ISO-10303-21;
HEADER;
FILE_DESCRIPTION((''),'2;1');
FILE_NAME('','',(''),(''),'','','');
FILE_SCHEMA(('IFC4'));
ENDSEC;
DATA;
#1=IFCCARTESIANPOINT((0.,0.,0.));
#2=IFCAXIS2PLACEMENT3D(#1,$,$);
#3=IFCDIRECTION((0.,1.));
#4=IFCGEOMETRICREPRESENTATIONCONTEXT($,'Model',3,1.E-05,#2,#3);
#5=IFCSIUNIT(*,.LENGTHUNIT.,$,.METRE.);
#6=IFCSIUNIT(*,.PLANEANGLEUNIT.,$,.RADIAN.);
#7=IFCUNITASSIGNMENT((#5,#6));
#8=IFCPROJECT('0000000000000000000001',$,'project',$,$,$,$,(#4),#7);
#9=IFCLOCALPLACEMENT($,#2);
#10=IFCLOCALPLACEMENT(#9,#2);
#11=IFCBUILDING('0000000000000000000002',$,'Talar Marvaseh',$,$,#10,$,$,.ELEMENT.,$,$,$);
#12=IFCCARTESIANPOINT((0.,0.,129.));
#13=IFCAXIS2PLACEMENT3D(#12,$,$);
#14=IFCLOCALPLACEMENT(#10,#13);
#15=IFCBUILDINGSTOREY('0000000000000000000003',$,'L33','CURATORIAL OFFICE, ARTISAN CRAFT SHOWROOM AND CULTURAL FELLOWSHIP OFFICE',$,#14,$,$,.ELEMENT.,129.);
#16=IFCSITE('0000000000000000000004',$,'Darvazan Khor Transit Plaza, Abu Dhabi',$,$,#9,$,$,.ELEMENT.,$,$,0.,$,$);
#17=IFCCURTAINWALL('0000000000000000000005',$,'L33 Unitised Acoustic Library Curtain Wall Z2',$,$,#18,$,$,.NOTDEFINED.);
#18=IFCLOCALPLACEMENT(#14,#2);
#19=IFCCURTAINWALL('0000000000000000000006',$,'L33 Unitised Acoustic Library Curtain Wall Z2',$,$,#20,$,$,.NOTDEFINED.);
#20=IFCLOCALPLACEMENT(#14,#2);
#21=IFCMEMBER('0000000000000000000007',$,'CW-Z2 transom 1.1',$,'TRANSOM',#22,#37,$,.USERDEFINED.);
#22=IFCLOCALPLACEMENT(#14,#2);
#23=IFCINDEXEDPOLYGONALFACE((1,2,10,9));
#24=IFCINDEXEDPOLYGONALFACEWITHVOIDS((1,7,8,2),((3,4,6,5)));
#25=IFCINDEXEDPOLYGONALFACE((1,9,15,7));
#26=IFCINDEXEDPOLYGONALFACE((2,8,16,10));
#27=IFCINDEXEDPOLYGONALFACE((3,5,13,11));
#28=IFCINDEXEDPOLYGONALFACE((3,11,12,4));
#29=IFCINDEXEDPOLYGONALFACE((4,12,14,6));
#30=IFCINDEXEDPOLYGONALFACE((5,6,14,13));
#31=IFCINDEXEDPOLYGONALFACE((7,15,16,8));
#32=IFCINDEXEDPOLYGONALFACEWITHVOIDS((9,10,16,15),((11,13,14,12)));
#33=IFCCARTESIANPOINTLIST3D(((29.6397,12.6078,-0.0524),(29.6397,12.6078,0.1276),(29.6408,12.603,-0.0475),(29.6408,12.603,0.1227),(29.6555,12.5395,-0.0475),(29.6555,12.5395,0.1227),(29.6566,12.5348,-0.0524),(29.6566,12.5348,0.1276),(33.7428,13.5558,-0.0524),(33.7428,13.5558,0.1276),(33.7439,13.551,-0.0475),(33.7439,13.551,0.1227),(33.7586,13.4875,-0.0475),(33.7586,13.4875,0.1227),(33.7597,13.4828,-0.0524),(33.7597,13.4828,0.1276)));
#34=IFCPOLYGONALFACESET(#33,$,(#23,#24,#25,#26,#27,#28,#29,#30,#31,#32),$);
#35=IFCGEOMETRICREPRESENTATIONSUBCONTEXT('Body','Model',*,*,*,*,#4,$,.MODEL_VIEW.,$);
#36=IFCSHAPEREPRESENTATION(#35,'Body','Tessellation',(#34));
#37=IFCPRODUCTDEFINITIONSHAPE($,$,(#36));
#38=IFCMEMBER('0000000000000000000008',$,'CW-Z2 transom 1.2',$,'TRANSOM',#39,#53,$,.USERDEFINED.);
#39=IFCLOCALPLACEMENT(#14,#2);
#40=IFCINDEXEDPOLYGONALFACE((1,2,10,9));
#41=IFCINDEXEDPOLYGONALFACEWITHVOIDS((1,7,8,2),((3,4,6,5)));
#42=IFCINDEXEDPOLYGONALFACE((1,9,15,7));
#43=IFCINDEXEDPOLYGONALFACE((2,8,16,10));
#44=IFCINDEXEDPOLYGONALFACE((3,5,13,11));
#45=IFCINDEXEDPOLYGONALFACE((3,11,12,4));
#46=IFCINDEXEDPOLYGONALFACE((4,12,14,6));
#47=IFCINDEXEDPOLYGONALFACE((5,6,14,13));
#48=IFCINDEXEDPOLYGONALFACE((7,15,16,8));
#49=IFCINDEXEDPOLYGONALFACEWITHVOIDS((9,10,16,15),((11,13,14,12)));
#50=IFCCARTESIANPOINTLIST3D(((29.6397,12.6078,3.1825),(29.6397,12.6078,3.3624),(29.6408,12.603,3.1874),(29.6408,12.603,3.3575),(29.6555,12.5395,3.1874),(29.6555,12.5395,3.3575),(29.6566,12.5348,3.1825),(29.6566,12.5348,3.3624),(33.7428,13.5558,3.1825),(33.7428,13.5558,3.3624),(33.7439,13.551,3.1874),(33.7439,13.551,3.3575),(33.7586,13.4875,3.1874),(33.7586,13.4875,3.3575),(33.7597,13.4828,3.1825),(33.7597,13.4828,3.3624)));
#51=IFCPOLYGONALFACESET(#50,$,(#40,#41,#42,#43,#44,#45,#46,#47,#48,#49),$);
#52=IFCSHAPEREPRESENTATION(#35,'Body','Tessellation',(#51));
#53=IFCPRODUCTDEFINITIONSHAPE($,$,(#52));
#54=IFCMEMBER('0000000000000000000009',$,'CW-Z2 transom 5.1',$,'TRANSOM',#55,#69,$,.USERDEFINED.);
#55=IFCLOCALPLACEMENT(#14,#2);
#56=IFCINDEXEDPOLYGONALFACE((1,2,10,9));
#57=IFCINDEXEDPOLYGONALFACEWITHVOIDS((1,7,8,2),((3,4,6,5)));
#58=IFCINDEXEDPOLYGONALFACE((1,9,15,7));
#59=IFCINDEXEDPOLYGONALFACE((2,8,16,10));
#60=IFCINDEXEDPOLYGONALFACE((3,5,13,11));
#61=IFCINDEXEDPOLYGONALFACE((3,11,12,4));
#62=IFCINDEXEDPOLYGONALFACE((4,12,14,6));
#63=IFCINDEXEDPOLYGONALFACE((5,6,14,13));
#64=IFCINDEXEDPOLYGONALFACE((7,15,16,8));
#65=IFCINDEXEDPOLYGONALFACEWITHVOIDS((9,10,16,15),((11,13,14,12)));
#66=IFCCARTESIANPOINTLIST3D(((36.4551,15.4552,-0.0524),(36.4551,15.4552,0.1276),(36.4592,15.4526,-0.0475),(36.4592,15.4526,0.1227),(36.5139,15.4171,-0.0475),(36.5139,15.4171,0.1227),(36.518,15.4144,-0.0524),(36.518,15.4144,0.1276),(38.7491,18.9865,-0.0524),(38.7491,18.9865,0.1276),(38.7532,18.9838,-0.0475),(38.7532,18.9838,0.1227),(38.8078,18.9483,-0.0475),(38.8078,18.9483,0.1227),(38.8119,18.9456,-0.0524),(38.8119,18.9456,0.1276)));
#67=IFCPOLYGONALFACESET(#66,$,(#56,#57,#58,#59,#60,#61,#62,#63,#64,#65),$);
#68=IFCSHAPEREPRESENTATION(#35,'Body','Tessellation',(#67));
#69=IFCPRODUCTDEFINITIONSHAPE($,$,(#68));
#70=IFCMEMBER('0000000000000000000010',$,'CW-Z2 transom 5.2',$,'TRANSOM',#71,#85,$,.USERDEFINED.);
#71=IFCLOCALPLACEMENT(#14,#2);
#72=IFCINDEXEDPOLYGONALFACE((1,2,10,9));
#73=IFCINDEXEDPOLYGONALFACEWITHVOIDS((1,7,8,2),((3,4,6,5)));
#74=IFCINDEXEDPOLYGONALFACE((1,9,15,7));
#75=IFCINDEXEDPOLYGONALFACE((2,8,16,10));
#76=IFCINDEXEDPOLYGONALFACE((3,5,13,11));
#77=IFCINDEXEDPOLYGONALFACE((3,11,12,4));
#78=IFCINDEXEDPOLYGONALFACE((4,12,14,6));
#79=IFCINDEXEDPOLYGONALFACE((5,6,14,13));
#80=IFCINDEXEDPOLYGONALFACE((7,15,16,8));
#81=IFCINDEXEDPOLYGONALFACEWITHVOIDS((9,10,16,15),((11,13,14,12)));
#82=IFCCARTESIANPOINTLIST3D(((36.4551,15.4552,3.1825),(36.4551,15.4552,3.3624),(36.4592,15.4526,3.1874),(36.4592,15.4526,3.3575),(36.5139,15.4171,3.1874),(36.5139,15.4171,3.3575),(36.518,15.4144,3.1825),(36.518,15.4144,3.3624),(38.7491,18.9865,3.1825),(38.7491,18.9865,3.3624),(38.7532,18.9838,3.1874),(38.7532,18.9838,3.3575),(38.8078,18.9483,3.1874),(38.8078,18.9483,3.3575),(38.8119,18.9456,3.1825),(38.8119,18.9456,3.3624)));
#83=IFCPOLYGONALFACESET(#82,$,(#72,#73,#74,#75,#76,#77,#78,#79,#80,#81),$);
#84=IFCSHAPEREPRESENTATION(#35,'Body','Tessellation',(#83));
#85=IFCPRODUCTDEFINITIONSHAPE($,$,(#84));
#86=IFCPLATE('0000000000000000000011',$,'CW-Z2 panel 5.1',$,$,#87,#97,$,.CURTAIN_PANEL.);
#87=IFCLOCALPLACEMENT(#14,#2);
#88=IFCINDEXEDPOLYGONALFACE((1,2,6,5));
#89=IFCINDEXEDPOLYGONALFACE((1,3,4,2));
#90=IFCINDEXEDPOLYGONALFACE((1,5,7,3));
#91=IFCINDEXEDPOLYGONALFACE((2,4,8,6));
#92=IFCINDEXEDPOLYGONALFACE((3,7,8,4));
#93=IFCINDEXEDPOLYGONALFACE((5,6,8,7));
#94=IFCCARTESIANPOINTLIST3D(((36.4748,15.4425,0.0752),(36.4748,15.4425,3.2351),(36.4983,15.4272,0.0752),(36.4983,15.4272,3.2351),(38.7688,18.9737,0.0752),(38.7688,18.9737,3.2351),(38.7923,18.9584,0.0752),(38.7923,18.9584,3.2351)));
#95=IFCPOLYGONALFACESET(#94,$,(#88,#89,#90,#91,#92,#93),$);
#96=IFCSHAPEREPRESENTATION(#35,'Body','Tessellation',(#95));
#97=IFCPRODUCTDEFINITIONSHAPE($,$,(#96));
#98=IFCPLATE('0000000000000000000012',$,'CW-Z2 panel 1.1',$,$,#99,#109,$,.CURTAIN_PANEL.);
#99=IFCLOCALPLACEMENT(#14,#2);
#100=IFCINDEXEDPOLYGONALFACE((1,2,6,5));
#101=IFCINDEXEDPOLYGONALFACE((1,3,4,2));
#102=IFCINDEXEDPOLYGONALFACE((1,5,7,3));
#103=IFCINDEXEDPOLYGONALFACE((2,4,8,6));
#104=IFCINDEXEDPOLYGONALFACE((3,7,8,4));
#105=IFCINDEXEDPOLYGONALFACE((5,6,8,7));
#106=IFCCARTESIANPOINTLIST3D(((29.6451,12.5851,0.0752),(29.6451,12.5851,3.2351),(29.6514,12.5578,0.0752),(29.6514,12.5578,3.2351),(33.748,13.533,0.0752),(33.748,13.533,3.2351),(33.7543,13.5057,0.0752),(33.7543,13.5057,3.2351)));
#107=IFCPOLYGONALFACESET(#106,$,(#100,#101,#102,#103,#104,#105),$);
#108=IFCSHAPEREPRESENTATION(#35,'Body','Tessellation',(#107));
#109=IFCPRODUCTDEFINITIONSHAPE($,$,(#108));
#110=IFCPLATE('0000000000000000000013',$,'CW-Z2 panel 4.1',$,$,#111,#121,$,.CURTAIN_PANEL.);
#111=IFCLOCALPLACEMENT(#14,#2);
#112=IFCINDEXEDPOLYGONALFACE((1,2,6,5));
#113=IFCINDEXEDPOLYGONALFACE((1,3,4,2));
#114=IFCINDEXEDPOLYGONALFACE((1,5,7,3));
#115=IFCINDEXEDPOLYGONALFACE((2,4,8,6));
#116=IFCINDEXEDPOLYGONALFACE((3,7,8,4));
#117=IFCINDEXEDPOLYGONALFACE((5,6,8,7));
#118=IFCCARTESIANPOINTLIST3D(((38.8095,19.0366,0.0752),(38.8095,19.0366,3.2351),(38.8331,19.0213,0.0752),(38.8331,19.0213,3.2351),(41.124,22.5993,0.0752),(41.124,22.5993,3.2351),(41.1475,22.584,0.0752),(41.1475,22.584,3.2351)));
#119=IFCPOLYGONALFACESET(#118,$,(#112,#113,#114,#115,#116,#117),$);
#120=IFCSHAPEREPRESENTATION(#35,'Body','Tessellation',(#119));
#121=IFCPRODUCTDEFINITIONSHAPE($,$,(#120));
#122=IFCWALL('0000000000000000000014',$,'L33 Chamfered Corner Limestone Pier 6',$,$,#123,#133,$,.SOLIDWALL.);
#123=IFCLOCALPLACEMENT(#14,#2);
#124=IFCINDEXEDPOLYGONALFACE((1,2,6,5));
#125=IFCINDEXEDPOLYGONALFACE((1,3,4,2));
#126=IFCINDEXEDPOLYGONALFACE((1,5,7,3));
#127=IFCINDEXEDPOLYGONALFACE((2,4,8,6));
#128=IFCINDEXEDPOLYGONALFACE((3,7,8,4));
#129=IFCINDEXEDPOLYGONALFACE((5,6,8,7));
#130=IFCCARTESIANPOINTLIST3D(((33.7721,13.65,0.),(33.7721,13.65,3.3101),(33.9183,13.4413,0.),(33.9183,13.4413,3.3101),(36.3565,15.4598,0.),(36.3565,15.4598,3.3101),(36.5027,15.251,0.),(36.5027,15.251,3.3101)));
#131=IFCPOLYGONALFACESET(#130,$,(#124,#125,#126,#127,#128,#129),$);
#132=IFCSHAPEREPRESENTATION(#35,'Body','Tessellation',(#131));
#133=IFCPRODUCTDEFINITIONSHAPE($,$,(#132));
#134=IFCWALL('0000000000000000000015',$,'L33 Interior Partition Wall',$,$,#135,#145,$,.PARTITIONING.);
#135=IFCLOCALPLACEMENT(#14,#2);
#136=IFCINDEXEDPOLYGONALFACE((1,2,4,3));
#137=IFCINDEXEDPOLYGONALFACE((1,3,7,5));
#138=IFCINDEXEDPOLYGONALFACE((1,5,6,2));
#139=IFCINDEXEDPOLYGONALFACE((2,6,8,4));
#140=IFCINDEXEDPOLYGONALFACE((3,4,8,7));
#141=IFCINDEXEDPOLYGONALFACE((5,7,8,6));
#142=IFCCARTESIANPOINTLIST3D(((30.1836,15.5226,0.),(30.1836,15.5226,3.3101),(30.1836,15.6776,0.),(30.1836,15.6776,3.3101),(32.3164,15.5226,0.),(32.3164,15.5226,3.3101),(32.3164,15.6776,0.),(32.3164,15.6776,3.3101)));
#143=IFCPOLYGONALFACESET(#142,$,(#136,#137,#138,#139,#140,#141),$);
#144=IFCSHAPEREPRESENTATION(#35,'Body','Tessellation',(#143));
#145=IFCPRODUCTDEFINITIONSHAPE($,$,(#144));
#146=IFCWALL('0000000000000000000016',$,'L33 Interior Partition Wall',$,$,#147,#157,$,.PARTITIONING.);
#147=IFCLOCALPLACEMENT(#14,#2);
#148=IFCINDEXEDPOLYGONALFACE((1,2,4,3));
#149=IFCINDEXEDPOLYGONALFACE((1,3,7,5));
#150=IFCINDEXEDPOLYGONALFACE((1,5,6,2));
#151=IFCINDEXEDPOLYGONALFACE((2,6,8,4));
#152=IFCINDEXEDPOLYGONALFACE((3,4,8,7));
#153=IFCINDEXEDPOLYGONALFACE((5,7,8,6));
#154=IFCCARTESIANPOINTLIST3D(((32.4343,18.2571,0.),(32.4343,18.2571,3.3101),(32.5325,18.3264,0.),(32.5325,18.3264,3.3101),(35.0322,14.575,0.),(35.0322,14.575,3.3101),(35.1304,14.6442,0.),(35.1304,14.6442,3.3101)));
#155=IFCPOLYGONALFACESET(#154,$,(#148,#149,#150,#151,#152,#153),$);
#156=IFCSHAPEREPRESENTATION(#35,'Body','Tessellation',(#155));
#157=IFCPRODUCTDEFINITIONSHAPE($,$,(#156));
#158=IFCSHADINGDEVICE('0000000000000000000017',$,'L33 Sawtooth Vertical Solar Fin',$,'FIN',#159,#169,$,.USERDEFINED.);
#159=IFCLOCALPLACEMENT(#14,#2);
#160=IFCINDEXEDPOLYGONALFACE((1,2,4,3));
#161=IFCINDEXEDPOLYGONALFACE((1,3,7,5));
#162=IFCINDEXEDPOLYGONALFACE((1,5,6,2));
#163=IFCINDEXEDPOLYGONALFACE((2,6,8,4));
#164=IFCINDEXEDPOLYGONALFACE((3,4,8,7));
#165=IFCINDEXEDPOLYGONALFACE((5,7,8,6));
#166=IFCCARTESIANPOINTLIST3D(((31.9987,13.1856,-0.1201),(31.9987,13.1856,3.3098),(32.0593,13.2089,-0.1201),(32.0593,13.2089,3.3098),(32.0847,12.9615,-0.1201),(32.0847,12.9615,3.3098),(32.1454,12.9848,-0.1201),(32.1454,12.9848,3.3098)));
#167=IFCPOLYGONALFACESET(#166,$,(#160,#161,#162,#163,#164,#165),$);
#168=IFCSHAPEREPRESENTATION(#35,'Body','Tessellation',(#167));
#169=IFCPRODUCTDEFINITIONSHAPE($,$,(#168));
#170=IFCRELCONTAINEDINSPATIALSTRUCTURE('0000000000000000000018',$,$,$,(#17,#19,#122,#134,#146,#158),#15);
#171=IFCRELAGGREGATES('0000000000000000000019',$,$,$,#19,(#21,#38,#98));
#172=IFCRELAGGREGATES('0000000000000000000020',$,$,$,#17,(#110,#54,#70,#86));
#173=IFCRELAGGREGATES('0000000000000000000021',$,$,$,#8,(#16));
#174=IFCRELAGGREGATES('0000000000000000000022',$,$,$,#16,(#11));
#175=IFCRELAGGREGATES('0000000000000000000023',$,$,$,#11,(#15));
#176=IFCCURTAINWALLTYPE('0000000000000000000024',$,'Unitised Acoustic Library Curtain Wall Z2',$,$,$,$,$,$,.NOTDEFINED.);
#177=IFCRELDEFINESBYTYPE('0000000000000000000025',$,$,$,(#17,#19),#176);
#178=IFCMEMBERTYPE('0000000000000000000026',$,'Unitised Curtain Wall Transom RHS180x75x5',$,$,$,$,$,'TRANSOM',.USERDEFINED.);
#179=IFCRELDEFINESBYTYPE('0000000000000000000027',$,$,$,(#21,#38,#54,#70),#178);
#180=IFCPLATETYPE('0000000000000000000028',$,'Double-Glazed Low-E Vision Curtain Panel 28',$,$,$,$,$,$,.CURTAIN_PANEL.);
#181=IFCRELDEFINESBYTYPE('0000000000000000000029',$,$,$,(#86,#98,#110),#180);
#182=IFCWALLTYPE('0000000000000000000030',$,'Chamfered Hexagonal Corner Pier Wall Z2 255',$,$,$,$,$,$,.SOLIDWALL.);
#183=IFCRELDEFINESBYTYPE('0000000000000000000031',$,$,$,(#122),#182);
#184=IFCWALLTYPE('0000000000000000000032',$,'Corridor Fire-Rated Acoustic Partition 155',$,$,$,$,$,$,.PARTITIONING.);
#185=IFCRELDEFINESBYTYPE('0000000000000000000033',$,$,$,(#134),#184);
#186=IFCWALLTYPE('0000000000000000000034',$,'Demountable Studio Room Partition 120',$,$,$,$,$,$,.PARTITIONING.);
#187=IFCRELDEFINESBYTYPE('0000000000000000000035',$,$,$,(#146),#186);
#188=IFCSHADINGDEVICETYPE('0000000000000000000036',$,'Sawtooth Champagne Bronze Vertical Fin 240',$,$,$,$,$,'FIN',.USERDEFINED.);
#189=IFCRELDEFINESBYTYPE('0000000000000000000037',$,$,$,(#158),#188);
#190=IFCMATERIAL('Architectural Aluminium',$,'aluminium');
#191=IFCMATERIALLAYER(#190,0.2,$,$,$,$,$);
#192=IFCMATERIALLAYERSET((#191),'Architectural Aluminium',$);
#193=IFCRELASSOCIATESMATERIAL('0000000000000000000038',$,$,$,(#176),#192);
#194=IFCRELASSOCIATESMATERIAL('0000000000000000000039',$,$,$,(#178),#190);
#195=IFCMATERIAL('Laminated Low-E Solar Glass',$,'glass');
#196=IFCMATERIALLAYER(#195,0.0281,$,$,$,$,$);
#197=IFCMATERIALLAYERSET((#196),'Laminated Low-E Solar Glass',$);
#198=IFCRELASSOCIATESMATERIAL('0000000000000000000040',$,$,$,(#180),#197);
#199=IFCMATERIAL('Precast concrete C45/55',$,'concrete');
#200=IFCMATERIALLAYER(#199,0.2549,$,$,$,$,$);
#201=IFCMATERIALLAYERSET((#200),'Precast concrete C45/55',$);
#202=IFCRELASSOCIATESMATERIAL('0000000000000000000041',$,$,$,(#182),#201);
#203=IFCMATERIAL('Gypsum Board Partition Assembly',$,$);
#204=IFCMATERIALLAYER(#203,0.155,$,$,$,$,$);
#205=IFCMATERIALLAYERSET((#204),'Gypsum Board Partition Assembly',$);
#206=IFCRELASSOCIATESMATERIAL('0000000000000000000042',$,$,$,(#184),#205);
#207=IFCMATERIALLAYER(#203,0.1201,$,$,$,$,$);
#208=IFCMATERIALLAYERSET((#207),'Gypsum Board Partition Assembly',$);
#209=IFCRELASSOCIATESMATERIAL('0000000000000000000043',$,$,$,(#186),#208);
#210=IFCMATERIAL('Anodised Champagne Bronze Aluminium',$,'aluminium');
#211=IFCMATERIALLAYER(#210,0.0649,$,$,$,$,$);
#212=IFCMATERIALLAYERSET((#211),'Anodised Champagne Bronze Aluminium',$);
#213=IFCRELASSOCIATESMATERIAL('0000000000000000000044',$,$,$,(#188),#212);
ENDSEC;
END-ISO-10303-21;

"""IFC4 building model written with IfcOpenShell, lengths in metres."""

from ifc_helpers import new_model, si_unit, direction, frame, frame_2d, origin, origin_2d, place, context, subcontext, project, spatial, rectangle, hollow_rectangle, extrude, source, transform, mapped, material, layer, layer_set, material_profile, profile_set, type_object, type_shapes, element, aggregate, save


model = new_model("IFC4")

# Units and contexts
model_context = context("Model", 3, precision=1e-05, world=origin(), true_north=direction((0.0, 1.0)))
body_context = subcontext(model_context, "Body", "Model", "MODEL_VIEW")
ifc_project = project(units=[si_unit("LENGTHUNIT", "METRE"), si_unit("PLANEANGLEUNIT", "RADIAN")], contexts=[model_context])

# Site, building, storey
site_placement = place(None, origin())
site = spatial("IfcSite", under=ifc_project, at=site_placement, Name="Darvazan Khor Transit Plaza, Abu Dhabi", CompositionType="ELEMENT", RefElevation=0.0)
building_placement = place(site_placement, origin())
building = spatial("IfcBuilding", under=site, at=building_placement, Name="Talar Marvaseh", CompositionType="ELEMENT")
storey_placement = place(building_placement, frame((0.0, 0.0, 129.0)))
storey = spatial("IfcBuildingStorey", under=building, at=storey_placement, Name="L33", Description="CURATORIAL OFFICE, ARTISAN CRAFT SHOWROOM AND CULTURAL FELLOWSHIP OFFICE", CompositionType="ELEMENT", Elevation=129.0)

# Curtain walls, members
ifc_material_1 = material(Name="Architectural Aluminium", Category="aluminium")
ifc_layer_1 = layer(ifc_material_1, 0.2)
ifc_layer_set_1 = layer_set([ifc_layer_1], Name="Architectural Aluminium")
curtain_wall_type = type_object("IfcCurtainWallType", Name="Unitised Acoustic Library Curtain Wall Z2", PredefinedType="NOTDEFINED", material=ifc_layer_set_1)
curtain_wall_1_placement = place(storey_placement, origin())
curtain_wall_1 = element("IfcCurtainWall", 1, at=curtain_wall_1_placement, inside=storey, type_object=curtain_wall_type, Name="L33 Unitised Acoustic Library Curtain Wall Z2", PredefinedType="NOTDEFINED")
curtain_wall_2_placement = place(storey_placement, origin())
curtain_wall_2 = element("IfcCurtainWall", 2, at=curtain_wall_2_placement, inside=storey, type_object=curtain_wall_type, Name="L33 Unitised Acoustic Library Curtain Wall Z2", PredefinedType="NOTDEFINED")
ifc_material_profile_1 = material_profile(ifc_material_1, hollow_rectangle(XDim=0.075, YDim=0.1799, WallThickness=0.0049, at=origin_2d()), Name="RHS180x75x5")
ifc_profile_set_1 = profile_set([ifc_material_profile_1], Name="Architectural Aluminium")
member_type_1 = type_object("IfcMemberType", Name="Unitised Curtain Wall Transom RHS180x75x5", ElementType="TRANSOM", PredefinedType="USERDEFINED", material=ifc_profile_set_1)
shared_shape_1 = source(origin(), body_context, "Body", "SweptSolid", [
    extrude(hollow_rectangle(XDim=0.075, YDim=0.1799, WallThickness=0.0049, at=origin_2d()), origin(), (0.0, 0.0, 1.0), 4.2112),
])
member_1_placement = place(storey_placement, frame((33.7512, 13.5193, 0.0376), z_axis=(-0.974332, -0.225118, 0.0), x_axis=(0.225118, -0.974332, 0.0)))
member_1 = element("IfcMember", 3, at=member_1_placement, type_object=member_type_1, Name="CW-Z2 transom 1.1", ObjectType="TRANSOM", PredefinedType="USERDEFINED", context=body_context, shape_type="MappedRepresentation", body=[
    mapped(shared_shape_1, transform((0.0, 0.0, 0.0), x_axis=(1.0, 0.0, 0.0), y_axis=(0.0, 1.0, 0.0), z_axis=(0.0, 0.0, 1.0), scale=1.0)),
])
member_2_placement = place(storey_placement, frame((33.7512, 13.5193, 3.2725), z_axis=(-0.974332, -0.225118, 0.0), x_axis=(0.225118, -0.974332, 0.0)))
member_2 = element("IfcMember", 4, at=member_2_placement, type_object=member_type_1, Name="CW-Z2 transom 1.2", ObjectType="TRANSOM", PredefinedType="USERDEFINED", context=body_context, shape_type="MappedRepresentation", body=[
    mapped(shared_shape_1, transform((0.0, 0.0, 0.0), x_axis=(1.0, 0.0, 0.0), y_axis=(0.0, 1.0, 0.0), z_axis=(0.0, 0.0, 1.0), scale=1.0)),
])

# Members
shared_shape_2 = source(origin(), body_context, "Body", "SweptSolid", [
    extrude(hollow_rectangle(XDim=0.075, YDim=0.1799, WallThickness=0.0049, at=origin_2d()), origin(), (0.0, 0.0, 1.0), 4.2109),
])
type_shapes(member_type_1, [shared_shape_1, shared_shape_2])
member_3_placement = place(storey_placement, frame((38.7805, 18.9661, 0.0376), z_axis=(-0.54476, -0.838592, 0.0), x_axis=(0.838592, -0.54476, 0.0)))
member_3 = element("IfcMember", 5, at=member_3_placement, type_object=member_type_1, Name="CW-Z2 transom 5.1", ObjectType="TRANSOM", PredefinedType="USERDEFINED", context=body_context, shape_type="MappedRepresentation", body=[
    mapped(shared_shape_2, transform((0.0, 0.0, 0.0), x_axis=(1.0, 0.0, 0.0), y_axis=(0.0, 1.0, 0.0), z_axis=(0.0, 0.0, 1.0), scale=1.0)),
])
member_4_placement = place(storey_placement, frame((38.7805, 18.9661, 3.2725), z_axis=(-0.54476, -0.838592, 0.0), x_axis=(0.838592, -0.54476, 0.0)))
member_4 = element("IfcMember", 6, at=member_4_placement, type_object=member_type_1, Name="CW-Z2 transom 5.2", ObjectType="TRANSOM", PredefinedType="USERDEFINED", context=body_context, shape_type="MappedRepresentation", body=[
    mapped(shared_shape_2, transform((0.0, 0.0, 0.0), x_axis=(1.0, 0.0, 0.0), y_axis=(0.0, 1.0, 0.0), z_axis=(0.0, 0.0, 1.0), scale=1.0)),
])

# Plates
ifc_material_2 = material(Name="Laminated Low-E Solar Glass", Category="glass")
ifc_layer_2 = layer(ifc_material_2, 0.0281)
ifc_layer_set_2 = layer_set([ifc_layer_2], Name="Laminated Low-E Solar Glass")
plate_type = type_object("IfcPlateType", Name="Double-Glazed Low-E Vision Curtain Panel 28", PredefinedType="CURTAIN_PANEL", material=ifc_layer_set_2)
shared_shape_3 = source(origin(), body_context, "Body", "SweptSolid", [
    extrude(rectangle(XDim=4.2109, YDim=0.0281, at=origin_2d()), origin(), (0.0, 0.0, 1.0), 3.1599),
])
plate_1_placement = place(storey_placement, frame((37.6335, 17.2004, 0.0752), z_axis=(0.0, 0.0, 1.0), x_axis=(-0.544769, -0.838586, 0.0)))
plate_1 = element("IfcPlate", 7, at=plate_1_placement, type_object=plate_type, Name="CW-Z2 panel 5.1", PredefinedType="CURTAIN_PANEL", context=body_context, shape_type="MappedRepresentation", body=[
    mapped(shared_shape_3, transform((0.0, 0.0, 0.0), x_axis=(1.0, 0.0, 0.0), y_axis=(0.0, 1.0, 0.0), z_axis=(0.0, 0.0, 1.0), scale=1.0)),
])
plate_2_placement = place(storey_placement, frame((31.6997, 13.0454, 0.0752), z_axis=(0.0, 0.0, 1.0), x_axis=(-0.974335, -0.225103, 0.0)))
plate_2 = element("IfcPlate", 8, at=plate_2_placement, type_object=plate_type, Name="CW-Z2 panel 1.1", PredefinedType="CURTAIN_PANEL", context=body_context, shape_type="MappedRepresentation", body=[
    mapped(shared_shape_3, transform((0.0, 0.0, 0.0), x_axis=(1.0, 0.0, 0.0), y_axis=(0.0, 1.0, 0.0), z_axis=(0.0, 0.0, 1.0), scale=1.0)),
])
aggregate(curtain_wall_2, [member_1, member_2, plate_2])
shared_shape_4 = source(origin(), body_context, "Body", "SweptSolid", [
    extrude(rectangle(XDim=4.2485, YDim=0.0281, at=origin_2d()), origin(), (0.0, 0.0, 1.0), 3.1599),
])
type_shapes(plate_type, [shared_shape_3, shared_shape_4])
plate_3_placement = place(storey_placement, frame((39.9785, 20.8103, 0.0752), z_axis=(0.0, 0.0, 1.0), x_axis=(-0.544769, -0.838586, 0.0)))
plate_3 = element("IfcPlate", 9, at=plate_3_placement, type_object=plate_type, Name="CW-Z2 panel 4.1", PredefinedType="CURTAIN_PANEL", context=body_context, shape_type="MappedRepresentation", body=[
    mapped(shared_shape_4, transform((0.0, 0.0, 0.0), x_axis=(1.0, 0.0, 0.0), y_axis=(0.0, 1.0, 0.0), z_axis=(0.0, 0.0, 1.0), scale=1.0)),
])
aggregate(curtain_wall_1, [plate_3, member_3, member_4, plate_1])

# Walls
ifc_material_3 = material(Name="Precast concrete C45/55", Category="concrete")
ifc_layer_3 = layer(ifc_material_3, 0.2549)
ifc_layer_set_3 = layer_set([ifc_layer_3], Name="Precast concrete C45/55")
wall_type_1 = type_object("IfcWallType", Name="Chamfered Hexagonal Corner Pier Wall Z2 255", PredefinedType="SOLIDWALL", material=ifc_layer_set_3)
wall_1_placement = place(storey_placement, frame((36.4297, 15.3555, 0.0), z_axis=(0.0, 0.0, 1.0), x_axis=(-0.81913, -0.573608, 0.0)))
element("IfcWall", 10, at=wall_1_placement, inside=storey, type_object=wall_type_1, Name="L33 Chamfered Corner Limestone Pier 6", PredefinedType="SOLIDWALL", context=body_context, shape_type="SweptSolid", body=[
    extrude(rectangle(XDim=3.155, YDim=0.2549, at=frame_2d((1.5776, 0.0))), origin(), (0.0, 0.0, 1.0), 3.3101),
])
ifc_material_4 = material(Name="Gypsum Board Partition Assembly")
ifc_layer_4 = layer(ifc_material_4, 0.155)
ifc_layer_set_4 = layer_set([ifc_layer_4], Name="Gypsum Board Partition Assembly")
wall_type_2 = type_object("IfcWallType", Name="Corridor Fire-Rated Acoustic Partition 155", PredefinedType="PARTITIONING", material=ifc_layer_set_4)
wall_2_placement = place(storey_placement, frame((32.3164, 15.6001, 0.0), z_axis=(0.0, 0.0, 1.0), x_axis=(-1.0, 0.0, 0.0)))
element("IfcWall", 11, at=wall_2_placement, inside=storey, type_object=wall_type_2, Name="L33 Interior Partition Wall", PredefinedType="PARTITIONING", context=body_context, shape_type="SweptSolid", body=[
    extrude(rectangle(XDim=2.1328, YDim=0.155, at=frame_2d((1.0664, 0.0))), origin(), (0.0, 0.0, 1.0), 3.3101),
])
ifc_layer_5 = layer(ifc_material_4, 0.1201)
ifc_layer_set_5 = layer_set([ifc_layer_5], Name="Gypsum Board Partition Assembly")
wall_type_3 = type_object("IfcWallType", Name="Demountable Studio Room Partition 120", PredefinedType="PARTITIONING", material=ifc_layer_set_5)
wall_3_placement = place(storey_placement, frame((32.4834, 18.2917, 0.0), z_axis=(0.0, 0.0, 1.0), x_axis=(0.576498, -0.817098, 0.0)))
element("IfcWall", 12, at=wall_3_placement, inside=storey, type_object=wall_type_3, Name="L33 Interior Partition Wall", PredefinedType="PARTITIONING", context=body_context, shape_type="SweptSolid", body=[
    extrude(rectangle(XDim=4.5063, YDim=0.1201, at=frame_2d((2.2532, 0.0))), origin(), (0.0, 0.0, 1.0), 3.3101),
])

# Shading device
ifc_material_5 = material(Name="Anodised Champagne Bronze Aluminium", Category="aluminium")
ifc_layer_6 = layer(ifc_material_5, 0.0649)
ifc_layer_set_6 = layer_set([ifc_layer_6], Name="Anodised Champagne Bronze Aluminium")
shading_device_type = type_object("IfcShadingDeviceType", Name="Sawtooth Champagne Bronze Vertical Fin 240", ElementType="FIN", PredefinedType="USERDEFINED", material=ifc_layer_set_6)
shared_shape_5 = source(origin(), body_context, "Body", "SweptSolid", [
    extrude(rectangle(XDim=0.24, YDim=0.0649, at=origin_2d()), origin(), (0.0, 0.0, 1.0), 3.4299),
])
type_shapes(shading_device_type, [shared_shape_5])
shading_device_placement = place(storey_placement, frame((32.072, 13.0852, -0.1201), z_axis=(0.0, 0.0, 1.0), x_axis=(0.358531, -0.933518, 0.0)))
element("IfcShadingDevice", 13, at=shading_device_placement, inside=storey, type_object=shading_device_type, Name="L33 Sawtooth Vertical Solar Fin", ObjectType="FIN", PredefinedType="USERDEFINED", context=body_context, shape_type="MappedRepresentation", body=[
    mapped(shared_shape_5, transform((0.0, 0.0, 0.0), x_axis=(1.0, 0.0, 0.0), y_axis=(0.0, 1.0, 0.0), z_axis=(0.0, 0.0, 1.0), scale=1.0)),
])

save(model, "model.ifc")
